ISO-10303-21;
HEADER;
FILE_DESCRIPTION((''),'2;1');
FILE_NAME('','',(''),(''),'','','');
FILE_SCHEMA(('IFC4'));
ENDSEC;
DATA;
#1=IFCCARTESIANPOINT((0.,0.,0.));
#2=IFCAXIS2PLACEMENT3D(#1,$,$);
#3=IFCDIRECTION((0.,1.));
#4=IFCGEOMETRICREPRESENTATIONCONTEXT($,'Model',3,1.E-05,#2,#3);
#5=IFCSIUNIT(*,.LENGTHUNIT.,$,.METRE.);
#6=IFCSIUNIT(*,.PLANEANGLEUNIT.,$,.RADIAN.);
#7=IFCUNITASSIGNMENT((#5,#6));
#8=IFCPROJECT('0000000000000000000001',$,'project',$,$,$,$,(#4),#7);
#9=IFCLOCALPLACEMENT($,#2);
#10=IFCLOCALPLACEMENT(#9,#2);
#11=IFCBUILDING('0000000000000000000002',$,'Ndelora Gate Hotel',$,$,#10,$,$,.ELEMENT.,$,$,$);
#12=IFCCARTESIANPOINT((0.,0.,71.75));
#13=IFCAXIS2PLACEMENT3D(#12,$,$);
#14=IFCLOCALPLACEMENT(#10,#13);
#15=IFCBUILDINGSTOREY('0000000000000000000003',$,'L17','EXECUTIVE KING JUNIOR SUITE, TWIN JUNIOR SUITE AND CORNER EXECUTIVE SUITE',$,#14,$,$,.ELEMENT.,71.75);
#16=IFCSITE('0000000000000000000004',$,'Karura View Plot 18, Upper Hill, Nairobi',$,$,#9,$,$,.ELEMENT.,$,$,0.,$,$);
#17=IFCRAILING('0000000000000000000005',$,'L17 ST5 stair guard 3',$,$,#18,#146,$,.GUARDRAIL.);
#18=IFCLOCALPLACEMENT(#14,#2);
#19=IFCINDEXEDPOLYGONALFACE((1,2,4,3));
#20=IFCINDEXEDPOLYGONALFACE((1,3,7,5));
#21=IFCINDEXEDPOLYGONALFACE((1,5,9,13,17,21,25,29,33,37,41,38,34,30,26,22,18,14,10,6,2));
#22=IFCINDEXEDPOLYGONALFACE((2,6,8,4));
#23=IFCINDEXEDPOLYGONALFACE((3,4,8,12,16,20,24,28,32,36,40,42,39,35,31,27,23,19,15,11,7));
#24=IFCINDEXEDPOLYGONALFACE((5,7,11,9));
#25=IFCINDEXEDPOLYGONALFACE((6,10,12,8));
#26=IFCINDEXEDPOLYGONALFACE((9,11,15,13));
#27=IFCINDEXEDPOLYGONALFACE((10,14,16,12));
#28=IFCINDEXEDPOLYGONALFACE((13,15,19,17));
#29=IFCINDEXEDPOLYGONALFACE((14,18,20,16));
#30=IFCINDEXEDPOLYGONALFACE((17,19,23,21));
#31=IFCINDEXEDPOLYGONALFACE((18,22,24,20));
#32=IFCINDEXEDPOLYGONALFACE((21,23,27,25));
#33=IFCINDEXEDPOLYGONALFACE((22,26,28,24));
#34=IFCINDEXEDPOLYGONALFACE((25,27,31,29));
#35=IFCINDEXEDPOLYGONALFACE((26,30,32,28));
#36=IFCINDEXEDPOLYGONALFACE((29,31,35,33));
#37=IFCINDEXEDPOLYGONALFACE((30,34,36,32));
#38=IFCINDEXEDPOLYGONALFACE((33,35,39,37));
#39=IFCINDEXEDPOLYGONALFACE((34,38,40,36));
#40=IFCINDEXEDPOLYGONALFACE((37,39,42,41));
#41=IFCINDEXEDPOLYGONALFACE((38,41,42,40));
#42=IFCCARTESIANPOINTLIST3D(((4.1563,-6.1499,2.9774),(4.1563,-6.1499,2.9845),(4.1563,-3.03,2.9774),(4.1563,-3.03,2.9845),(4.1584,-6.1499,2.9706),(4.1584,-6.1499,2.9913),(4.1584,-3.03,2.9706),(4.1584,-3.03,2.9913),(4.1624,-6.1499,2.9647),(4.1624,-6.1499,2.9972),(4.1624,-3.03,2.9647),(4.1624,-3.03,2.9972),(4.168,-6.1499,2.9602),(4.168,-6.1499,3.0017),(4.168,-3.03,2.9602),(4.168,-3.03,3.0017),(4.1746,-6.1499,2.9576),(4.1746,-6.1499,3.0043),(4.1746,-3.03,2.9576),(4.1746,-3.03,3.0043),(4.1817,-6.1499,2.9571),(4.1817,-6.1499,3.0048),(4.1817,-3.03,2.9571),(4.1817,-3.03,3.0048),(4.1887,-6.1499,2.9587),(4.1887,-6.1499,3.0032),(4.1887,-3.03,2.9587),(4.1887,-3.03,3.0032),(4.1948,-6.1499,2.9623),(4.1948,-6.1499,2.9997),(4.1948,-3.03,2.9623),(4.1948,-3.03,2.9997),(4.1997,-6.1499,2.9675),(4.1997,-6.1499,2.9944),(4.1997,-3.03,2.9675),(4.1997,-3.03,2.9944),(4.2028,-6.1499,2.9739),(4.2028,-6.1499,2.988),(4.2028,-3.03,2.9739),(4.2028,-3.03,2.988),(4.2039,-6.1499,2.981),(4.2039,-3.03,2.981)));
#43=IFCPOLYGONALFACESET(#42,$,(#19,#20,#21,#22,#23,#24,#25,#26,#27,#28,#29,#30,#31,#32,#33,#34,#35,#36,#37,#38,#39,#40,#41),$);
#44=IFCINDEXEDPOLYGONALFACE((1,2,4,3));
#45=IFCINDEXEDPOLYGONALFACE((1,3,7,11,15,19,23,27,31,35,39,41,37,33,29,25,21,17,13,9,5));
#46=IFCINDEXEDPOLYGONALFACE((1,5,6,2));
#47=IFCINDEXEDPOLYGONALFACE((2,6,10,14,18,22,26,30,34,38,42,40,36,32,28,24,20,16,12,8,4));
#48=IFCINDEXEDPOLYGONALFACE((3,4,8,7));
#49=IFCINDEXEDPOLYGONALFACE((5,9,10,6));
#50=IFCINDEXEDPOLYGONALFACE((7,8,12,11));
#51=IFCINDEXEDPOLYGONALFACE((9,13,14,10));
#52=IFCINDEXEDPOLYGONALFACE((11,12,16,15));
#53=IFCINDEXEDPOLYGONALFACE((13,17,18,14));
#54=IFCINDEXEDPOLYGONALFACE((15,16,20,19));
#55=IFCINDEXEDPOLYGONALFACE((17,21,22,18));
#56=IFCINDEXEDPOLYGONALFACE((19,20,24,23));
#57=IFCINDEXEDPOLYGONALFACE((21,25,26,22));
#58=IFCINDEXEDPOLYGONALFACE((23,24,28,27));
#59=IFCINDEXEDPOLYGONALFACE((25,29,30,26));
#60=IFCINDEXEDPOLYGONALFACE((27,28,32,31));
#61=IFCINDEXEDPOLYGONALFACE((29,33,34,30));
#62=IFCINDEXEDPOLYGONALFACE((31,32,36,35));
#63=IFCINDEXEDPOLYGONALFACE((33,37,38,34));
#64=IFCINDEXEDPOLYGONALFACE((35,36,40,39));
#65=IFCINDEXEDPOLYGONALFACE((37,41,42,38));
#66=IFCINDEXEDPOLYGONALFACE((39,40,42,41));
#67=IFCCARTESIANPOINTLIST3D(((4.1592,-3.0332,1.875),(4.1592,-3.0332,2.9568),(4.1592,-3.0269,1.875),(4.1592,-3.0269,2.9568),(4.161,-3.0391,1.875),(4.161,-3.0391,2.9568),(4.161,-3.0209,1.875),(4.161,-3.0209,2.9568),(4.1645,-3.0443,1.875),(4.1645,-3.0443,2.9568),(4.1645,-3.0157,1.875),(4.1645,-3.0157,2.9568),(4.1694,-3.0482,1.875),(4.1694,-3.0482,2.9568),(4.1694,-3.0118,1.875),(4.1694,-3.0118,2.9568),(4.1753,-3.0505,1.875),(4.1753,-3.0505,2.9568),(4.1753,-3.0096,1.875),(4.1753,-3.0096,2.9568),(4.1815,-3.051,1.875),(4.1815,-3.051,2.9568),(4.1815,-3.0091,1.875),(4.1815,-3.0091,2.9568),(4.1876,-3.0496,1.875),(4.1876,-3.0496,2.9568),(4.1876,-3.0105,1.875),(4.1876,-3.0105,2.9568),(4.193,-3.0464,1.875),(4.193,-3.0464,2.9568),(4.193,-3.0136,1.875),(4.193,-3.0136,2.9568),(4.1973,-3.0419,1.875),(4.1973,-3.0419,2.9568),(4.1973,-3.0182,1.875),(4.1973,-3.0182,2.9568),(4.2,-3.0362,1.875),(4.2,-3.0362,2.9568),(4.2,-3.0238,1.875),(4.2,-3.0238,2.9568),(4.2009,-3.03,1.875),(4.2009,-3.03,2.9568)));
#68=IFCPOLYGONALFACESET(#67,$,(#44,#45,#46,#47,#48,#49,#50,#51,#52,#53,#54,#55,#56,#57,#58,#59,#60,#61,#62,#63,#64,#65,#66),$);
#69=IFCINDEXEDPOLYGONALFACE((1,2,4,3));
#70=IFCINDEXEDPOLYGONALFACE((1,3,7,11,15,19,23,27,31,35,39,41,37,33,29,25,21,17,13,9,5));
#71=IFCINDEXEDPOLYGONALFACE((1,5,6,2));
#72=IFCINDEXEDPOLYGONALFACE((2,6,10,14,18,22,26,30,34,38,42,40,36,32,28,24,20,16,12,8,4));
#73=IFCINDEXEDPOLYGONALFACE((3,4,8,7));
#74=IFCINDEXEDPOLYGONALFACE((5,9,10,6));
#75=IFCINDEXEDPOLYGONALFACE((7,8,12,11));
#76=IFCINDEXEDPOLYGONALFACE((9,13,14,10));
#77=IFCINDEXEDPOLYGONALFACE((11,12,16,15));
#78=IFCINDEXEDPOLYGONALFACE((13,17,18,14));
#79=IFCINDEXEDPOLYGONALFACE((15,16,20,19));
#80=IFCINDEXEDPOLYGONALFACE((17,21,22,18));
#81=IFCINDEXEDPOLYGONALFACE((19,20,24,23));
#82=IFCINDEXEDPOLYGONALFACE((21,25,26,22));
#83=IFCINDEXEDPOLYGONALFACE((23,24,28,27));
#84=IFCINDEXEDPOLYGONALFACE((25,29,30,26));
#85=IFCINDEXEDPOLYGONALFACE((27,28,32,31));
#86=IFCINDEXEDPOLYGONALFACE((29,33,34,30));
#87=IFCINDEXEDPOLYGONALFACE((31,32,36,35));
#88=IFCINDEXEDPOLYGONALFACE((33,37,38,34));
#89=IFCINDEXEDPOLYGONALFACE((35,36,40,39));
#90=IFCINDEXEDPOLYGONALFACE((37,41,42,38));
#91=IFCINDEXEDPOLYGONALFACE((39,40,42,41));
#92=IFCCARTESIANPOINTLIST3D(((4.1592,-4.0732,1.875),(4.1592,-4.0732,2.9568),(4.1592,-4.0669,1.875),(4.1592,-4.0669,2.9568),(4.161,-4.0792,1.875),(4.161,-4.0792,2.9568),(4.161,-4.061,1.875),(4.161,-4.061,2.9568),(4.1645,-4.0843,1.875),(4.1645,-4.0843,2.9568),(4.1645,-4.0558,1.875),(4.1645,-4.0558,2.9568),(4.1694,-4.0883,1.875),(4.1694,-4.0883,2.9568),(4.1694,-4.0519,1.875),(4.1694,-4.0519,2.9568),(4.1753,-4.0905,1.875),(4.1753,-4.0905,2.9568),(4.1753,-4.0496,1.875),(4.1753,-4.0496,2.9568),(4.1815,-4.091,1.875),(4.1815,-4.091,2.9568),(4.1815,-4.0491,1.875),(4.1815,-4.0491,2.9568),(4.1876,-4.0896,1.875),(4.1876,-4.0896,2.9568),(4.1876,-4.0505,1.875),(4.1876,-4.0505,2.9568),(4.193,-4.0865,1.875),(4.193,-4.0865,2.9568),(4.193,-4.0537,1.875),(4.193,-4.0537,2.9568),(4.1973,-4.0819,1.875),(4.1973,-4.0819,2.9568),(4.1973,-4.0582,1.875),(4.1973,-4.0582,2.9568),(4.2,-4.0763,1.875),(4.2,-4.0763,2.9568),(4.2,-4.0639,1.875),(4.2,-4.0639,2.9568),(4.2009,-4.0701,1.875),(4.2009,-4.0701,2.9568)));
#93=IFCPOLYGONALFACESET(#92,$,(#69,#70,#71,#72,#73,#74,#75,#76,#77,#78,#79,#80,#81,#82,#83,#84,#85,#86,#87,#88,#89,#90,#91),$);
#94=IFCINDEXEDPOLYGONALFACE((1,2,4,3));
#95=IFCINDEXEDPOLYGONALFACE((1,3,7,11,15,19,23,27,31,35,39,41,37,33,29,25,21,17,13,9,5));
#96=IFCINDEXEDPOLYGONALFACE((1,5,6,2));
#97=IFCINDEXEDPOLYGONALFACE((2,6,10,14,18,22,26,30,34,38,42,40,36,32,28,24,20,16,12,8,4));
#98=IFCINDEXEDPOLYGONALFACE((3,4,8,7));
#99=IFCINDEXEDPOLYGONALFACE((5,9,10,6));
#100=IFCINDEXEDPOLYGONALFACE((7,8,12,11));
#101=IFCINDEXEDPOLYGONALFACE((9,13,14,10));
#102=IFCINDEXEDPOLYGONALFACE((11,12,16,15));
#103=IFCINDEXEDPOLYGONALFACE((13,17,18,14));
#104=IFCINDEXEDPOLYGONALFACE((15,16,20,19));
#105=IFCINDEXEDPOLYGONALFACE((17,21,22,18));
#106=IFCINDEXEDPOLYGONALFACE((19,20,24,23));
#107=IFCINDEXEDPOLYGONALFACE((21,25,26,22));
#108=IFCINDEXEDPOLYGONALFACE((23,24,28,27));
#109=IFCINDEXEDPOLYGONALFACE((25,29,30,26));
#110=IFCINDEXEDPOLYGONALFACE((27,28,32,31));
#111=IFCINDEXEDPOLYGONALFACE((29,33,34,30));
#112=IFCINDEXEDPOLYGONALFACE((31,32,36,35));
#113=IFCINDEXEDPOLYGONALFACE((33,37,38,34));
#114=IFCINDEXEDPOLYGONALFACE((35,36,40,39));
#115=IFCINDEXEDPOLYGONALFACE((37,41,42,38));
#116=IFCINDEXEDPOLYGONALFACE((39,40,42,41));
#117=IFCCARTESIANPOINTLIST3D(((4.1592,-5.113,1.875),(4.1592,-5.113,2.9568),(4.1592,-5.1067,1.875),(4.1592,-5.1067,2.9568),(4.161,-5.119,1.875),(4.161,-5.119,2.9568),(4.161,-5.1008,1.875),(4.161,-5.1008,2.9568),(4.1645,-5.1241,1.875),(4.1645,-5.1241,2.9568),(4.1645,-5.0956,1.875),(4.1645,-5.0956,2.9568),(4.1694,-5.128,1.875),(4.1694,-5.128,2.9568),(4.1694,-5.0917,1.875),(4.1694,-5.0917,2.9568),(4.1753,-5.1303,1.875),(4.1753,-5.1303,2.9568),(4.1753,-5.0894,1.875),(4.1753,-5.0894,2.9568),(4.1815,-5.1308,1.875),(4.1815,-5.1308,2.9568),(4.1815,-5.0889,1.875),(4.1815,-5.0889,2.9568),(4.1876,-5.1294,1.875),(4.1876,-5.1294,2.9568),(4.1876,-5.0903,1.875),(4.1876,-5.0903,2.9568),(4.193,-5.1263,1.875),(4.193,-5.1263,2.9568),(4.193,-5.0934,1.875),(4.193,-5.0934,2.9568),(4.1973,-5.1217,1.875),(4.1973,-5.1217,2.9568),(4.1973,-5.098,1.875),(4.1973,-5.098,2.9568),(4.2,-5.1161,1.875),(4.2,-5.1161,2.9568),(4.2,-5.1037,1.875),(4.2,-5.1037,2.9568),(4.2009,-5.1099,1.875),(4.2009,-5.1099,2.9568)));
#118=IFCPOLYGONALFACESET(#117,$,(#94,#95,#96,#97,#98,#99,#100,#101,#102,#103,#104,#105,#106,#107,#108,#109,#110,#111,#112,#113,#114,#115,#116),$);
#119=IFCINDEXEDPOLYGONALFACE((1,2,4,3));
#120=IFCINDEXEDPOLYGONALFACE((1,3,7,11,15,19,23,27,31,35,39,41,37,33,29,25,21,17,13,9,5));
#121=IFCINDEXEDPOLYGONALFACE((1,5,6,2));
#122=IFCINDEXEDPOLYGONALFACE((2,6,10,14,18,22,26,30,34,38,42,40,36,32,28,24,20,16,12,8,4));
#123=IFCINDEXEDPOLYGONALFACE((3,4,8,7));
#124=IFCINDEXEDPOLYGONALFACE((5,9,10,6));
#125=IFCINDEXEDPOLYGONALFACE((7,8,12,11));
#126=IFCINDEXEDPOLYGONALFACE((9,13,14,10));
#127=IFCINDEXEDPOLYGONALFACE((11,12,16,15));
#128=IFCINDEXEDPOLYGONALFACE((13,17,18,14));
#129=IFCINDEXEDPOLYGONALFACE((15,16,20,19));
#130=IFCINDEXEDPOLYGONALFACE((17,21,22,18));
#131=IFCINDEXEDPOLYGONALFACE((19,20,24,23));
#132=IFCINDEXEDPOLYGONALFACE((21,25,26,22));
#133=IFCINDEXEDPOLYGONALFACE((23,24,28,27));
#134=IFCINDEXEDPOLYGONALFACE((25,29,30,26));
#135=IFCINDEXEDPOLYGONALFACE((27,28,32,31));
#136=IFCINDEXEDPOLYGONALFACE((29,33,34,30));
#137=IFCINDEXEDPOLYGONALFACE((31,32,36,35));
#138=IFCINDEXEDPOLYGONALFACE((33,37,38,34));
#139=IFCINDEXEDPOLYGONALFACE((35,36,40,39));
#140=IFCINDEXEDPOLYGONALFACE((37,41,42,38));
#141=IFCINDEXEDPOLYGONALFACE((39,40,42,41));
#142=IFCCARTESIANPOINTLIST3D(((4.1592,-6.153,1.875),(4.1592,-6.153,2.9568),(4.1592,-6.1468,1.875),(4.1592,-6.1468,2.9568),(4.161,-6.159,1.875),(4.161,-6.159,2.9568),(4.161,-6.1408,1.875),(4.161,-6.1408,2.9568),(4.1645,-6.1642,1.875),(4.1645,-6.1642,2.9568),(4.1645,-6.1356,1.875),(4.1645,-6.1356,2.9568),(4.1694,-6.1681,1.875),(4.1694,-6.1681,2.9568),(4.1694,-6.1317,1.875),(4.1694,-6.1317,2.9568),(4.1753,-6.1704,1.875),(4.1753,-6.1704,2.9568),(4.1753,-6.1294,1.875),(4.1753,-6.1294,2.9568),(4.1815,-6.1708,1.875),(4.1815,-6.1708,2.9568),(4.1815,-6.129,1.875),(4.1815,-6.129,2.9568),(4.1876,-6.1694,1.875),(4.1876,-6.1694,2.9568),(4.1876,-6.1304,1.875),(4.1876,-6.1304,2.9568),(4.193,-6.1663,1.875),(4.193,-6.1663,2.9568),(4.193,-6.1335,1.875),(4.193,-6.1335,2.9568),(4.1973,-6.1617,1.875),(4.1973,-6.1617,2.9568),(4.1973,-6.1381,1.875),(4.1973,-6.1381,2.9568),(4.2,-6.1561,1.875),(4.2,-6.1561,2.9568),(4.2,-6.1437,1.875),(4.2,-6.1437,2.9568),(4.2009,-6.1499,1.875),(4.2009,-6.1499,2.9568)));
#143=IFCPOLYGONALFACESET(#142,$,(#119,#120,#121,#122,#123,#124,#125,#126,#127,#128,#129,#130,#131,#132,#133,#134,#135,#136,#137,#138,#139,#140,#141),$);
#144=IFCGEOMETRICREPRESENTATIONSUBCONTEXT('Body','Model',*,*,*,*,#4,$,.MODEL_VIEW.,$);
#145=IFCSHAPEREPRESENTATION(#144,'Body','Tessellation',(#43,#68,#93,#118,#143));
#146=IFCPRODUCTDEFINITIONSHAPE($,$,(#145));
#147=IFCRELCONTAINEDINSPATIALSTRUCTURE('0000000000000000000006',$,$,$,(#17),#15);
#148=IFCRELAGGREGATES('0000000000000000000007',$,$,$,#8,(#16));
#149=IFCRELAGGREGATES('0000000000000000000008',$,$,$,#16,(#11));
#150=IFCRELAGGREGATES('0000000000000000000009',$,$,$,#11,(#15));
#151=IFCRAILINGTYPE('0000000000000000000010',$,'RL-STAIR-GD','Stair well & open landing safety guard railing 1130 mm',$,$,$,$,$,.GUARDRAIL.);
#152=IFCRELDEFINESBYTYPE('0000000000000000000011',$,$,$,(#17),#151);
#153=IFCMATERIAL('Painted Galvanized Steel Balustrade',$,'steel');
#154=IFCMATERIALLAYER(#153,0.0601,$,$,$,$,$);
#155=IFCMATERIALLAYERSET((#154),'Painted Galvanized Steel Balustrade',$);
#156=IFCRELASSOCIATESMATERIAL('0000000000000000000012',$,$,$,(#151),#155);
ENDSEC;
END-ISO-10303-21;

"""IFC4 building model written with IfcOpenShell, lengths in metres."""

from ifc_helpers import new_model, si_unit, direction, frame, origin, origin_2d, place, context, subcontext, project, spatial, circle, extrude, material, layer, layer_set, type_object, element, save


model = new_model("IFC4")

# Units and contexts
model_context = context("Model", 3, precision=1e-05, world=origin(), true_north=direction((0.0, 1.0)))
body_context = subcontext(model_context, "Body", "Model", "MODEL_VIEW")
ifc_project = project(units=[si_unit("LENGTHUNIT", "METRE"), si_unit("PLANEANGLEUNIT", "RADIAN")], contexts=[model_context])

# Site, building, storey
site_placement = place(None, origin())
site = spatial("IfcSite", under=ifc_project, at=site_placement, Name="Karura View Plot 18, Upper Hill, Nairobi", CompositionType="ELEMENT", RefElevation=0.0)
building_placement = place(site_placement, origin())
building = spatial("IfcBuilding", under=site, at=building_placement, Name="Ndelora Gate Hotel", CompositionType="ELEMENT")
storey_placement = place(building_placement, frame((0.0, 0.0, 71.75)))
storey = spatial("IfcBuildingStorey", under=building, at=storey_placement, Name="L17", Description="EXECUTIVE KING JUNIOR SUITE, TWIN JUNIOR SUITE AND CORNER EXECUTIVE SUITE", CompositionType="ELEMENT", Elevation=71.75)

# Railing
ifc_material_1 = material(Name="Painted Galvanized Steel Balustrade", Category="steel")
ifc_layer_1 = layer(ifc_material_1, 0.0601)
ifc_layer_set_1 = layer_set([ifc_layer_1], Name="Painted Galvanized Steel Balustrade")
railing_type = type_object("IfcRailingType", Name="RL-STAIR-GD", Description="Stair well & open landing safety guard railing 1130 mm", PredefinedType="GUARDRAIL", material=ifc_layer_set_1)
railing_1_placement = place(storey_placement, frame((4.1799, -3.03, 1.875)))
element("IfcRailing", 1, at=railing_1_placement, inside=storey, type_object=railing_type, Name="L17 ST5 stair guard 3", PredefinedType="GUARDRAIL", context=body_context, shape_type="SweptSolid", body=[
    extrude(circle(Radius=0.0239, at=origin_2d()), frame((0.0, 0.0, 1.106), z_axis=(0.0, -1.0, 0.0), x_axis=(1.0, 0.0, 0.0)), (0.0, 0.0, 1.0), 3.1199),
    extrude(circle(Radius=0.021, at=origin_2d()), origin(), (0.0, 0.0, 1.0), 1.0818),
    extrude(circle(Radius=0.021, at=origin_2d()), frame((0.0, -1.04, 0.0)), (0.0, 0.0, 1.0), 1.0818),
    extrude(circle(Radius=0.021, at=origin_2d()), frame((0.0, -2.0798, 0.0)), (0.0, 0.0, 1.0), 1.0818),
    extrude(circle(Radius=0.021, at=origin_2d()), frame((0.0, -3.1199, 0.0)), (0.0, 0.0, 1.0), 1.0818),
])

save(model, "model.ifc")
